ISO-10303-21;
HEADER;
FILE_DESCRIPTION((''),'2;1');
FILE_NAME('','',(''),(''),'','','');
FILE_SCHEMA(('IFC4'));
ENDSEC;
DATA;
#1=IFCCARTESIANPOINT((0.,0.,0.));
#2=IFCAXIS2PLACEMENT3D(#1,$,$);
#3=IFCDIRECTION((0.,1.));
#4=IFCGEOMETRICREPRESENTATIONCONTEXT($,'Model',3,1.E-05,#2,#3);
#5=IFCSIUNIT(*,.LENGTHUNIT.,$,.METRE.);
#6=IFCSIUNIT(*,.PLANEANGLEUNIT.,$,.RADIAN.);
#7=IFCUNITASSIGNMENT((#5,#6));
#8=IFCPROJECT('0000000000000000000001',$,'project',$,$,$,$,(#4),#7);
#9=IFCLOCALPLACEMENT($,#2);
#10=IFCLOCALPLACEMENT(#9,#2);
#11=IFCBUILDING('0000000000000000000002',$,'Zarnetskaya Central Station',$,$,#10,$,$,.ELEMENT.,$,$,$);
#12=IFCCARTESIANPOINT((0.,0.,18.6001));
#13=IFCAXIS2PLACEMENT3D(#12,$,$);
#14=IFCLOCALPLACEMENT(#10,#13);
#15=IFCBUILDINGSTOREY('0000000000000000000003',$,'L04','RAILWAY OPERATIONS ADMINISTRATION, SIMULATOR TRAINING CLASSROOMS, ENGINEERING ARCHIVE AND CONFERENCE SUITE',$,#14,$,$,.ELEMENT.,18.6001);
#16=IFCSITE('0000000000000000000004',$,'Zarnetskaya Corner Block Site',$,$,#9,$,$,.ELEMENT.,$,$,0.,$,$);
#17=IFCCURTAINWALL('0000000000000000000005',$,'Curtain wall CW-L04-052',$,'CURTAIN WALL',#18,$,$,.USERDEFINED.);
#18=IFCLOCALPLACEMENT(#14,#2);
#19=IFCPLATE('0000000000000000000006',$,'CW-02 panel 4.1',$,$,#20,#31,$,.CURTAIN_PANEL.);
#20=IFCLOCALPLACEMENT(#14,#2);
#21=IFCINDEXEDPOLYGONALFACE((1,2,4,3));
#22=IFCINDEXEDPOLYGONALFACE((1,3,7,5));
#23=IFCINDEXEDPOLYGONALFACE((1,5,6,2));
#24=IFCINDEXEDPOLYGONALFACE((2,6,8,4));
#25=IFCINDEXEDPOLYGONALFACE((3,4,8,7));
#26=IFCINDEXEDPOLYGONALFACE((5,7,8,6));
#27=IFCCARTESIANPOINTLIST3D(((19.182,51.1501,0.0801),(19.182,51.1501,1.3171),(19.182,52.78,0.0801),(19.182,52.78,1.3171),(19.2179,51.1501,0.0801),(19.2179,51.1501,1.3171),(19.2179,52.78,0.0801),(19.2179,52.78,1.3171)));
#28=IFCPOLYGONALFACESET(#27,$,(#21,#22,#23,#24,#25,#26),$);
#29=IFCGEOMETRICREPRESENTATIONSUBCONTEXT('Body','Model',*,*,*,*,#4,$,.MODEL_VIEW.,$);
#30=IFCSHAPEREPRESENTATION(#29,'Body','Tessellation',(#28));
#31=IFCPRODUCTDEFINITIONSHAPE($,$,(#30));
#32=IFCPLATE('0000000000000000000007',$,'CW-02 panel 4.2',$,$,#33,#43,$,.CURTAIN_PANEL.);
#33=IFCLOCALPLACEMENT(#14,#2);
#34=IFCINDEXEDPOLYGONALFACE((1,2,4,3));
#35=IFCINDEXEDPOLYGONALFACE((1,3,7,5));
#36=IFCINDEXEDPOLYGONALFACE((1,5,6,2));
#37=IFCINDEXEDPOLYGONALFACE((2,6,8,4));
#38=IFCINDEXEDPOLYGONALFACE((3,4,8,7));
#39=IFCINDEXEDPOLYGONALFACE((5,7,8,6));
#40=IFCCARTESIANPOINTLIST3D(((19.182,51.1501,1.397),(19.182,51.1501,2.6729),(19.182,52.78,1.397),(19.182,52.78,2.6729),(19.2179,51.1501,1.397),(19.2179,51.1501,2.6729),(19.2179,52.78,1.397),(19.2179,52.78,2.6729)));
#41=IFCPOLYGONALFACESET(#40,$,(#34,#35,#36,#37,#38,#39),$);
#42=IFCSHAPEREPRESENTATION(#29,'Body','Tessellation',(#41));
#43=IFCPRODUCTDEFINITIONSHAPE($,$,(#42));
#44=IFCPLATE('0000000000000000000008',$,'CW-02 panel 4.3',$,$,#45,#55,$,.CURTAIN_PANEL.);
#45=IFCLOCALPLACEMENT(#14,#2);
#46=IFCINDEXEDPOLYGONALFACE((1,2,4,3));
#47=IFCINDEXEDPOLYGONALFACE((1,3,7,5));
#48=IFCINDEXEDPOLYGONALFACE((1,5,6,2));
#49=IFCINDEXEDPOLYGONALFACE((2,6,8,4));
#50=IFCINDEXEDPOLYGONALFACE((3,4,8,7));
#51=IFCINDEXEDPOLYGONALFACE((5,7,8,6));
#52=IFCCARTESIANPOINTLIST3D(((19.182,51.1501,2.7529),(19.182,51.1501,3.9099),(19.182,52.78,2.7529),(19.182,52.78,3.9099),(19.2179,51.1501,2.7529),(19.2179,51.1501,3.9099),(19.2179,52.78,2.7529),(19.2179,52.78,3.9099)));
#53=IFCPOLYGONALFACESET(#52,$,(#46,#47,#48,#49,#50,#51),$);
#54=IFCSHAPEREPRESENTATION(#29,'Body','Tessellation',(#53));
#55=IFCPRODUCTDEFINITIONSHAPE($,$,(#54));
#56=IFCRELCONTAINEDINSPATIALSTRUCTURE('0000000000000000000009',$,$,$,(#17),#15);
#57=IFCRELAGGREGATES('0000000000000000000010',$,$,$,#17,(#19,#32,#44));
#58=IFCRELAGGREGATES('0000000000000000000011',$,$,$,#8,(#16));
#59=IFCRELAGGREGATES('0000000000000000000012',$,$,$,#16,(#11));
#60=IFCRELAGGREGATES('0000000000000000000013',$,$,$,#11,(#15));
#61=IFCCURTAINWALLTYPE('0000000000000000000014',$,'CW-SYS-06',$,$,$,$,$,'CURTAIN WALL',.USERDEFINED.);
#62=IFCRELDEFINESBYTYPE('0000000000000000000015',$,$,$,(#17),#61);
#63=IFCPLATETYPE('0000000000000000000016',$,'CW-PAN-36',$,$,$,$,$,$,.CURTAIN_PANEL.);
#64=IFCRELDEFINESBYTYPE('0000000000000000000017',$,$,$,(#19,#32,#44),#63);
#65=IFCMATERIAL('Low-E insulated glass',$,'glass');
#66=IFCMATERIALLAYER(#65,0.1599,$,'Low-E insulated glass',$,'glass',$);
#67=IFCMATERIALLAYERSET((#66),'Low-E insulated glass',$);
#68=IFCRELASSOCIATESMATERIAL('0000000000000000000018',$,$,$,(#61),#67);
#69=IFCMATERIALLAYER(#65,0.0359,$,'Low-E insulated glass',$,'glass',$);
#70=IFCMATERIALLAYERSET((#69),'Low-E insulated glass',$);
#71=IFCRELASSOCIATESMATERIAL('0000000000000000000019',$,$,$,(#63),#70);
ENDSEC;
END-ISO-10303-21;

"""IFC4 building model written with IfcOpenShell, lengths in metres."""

from ifc_helpers import new_model, si_unit, direction, frame, origin, origin_2d, place, context, subcontext, project, spatial, rectangle, extrude, material, layer, layer_set, type_object, element, aggregate, save


model = new_model("IFC4")

# Units and contexts
model_context = context("Model", 3, precision=1e-05, world=origin(), true_north=direction((0.0, 1.0)))
body_context = subcontext(model_context, "Body", "Model", "MODEL_VIEW")
ifc_project = project(units=[si_unit("LENGTHUNIT", "METRE"), si_unit("PLANEANGLEUNIT", "RADIAN")], contexts=[model_context])

# Site, building, storey
site_placement = place(None, origin())
site = spatial("IfcSite", under=ifc_project, at=site_placement, Name="Zarnetskaya Corner Block Site", CompositionType="ELEMENT", RefElevation=0.0)
building_placement = place(site_placement, origin())
building = spatial("IfcBuilding", under=site, at=building_placement, Name="Zarnetskaya Central Station", CompositionType="ELEMENT")
storey_placement = place(building_placement, frame((0.0, 0.0, 18.6001)))
storey = spatial("IfcBuildingStorey", under=building, at=storey_placement, Name="L04", Description="RAILWAY OPERATIONS ADMINISTRATION, SIMULATOR TRAINING CLASSROOMS, ENGINEERING ARCHIVE AND CONFERENCE SUITE", CompositionType="ELEMENT", Elevation=18.6001)

# Curtain wall
ifc_material_1 = material(Name="Low-E insulated glass", Category="glass")
ifc_layer_1 = layer(ifc_material_1, 0.1599, Name="Low-E insulated glass", Category="glass")
ifc_layer_set_1 = layer_set([ifc_layer_1], Name="Low-E insulated glass")
curtain_wall_type = type_object("IfcCurtainWallType", Name="CW-SYS-06", ElementType="CURTAIN WALL", PredefinedType="USERDEFINED", material=ifc_layer_set_1)
curtain_wall_placement = place(storey_placement, origin())
curtain_wall = element("IfcCurtainWall", 1, at=curtain_wall_placement, inside=storey, type_object=curtain_wall_type, Name="Curtain wall CW-L04-052", ObjectType="CURTAIN WALL", PredefinedType="USERDEFINED")

# Plates
ifc_layer_2 = layer(ifc_material_1, 0.0359, Name="Low-E insulated glass", Category="glass")
ifc_layer_set_2 = layer_set([ifc_layer_2], Name="Low-E insulated glass")
plate_type = type_object("IfcPlateType", Name="CW-PAN-36", PredefinedType="CURTAIN_PANEL", material=ifc_layer_set_2)
plate_1_placement = place(storey_placement, frame((19.2, 51.9651, 0.0801), z_axis=(0.0, 0.0, 1.0), x_axis=(0.0, -1.0, 0.0)))
plate_1 = element("IfcPlate", 2, at=plate_1_placement, type_object=plate_type, Name="CW-02 panel 4.1", PredefinedType="CURTAIN_PANEL", context=body_context, shape_type="SweptSolid", body=[
    extrude(rectangle(XDim=1.6299, YDim=0.0359, at=origin_2d()), origin(), (0.0, 0.0, 1.0), 1.2371),
])
plate_2_placement = place(storey_placement, frame((19.2, 51.9651, 1.397), z_axis=(0.0, 0.0, 1.0), x_axis=(0.0, -1.0, 0.0)))
plate_2 = element("IfcPlate", 3, at=plate_2_placement, type_object=plate_type, Name="CW-02 panel 4.2", PredefinedType="CURTAIN_PANEL", context=body_context, shape_type="SweptSolid", body=[
    extrude(rectangle(XDim=1.6299, YDim=0.0359, at=origin_2d()), origin(), (0.0, 0.0, 1.0), 1.2759),
])
plate_3_placement = place(storey_placement, frame((19.2, 51.9651, 2.7529), z_axis=(0.0, 0.0, 1.0), x_axis=(0.0, -1.0, 0.0)))
plate_3 = element("IfcPlate", 4, at=plate_3_placement, type_object=plate_type, Name="CW-02 panel 4.3", PredefinedType="CURTAIN_PANEL", context=body_context, shape_type="SweptSolid", body=[
    extrude(rectangle(XDim=1.6299, YDim=0.0359, at=origin_2d()), origin(), (0.0, 0.0, 1.0), 1.157),
])
aggregate(curtain_wall, [plate_1, plate_2, plate_3])

save(model, "model.ifc")
